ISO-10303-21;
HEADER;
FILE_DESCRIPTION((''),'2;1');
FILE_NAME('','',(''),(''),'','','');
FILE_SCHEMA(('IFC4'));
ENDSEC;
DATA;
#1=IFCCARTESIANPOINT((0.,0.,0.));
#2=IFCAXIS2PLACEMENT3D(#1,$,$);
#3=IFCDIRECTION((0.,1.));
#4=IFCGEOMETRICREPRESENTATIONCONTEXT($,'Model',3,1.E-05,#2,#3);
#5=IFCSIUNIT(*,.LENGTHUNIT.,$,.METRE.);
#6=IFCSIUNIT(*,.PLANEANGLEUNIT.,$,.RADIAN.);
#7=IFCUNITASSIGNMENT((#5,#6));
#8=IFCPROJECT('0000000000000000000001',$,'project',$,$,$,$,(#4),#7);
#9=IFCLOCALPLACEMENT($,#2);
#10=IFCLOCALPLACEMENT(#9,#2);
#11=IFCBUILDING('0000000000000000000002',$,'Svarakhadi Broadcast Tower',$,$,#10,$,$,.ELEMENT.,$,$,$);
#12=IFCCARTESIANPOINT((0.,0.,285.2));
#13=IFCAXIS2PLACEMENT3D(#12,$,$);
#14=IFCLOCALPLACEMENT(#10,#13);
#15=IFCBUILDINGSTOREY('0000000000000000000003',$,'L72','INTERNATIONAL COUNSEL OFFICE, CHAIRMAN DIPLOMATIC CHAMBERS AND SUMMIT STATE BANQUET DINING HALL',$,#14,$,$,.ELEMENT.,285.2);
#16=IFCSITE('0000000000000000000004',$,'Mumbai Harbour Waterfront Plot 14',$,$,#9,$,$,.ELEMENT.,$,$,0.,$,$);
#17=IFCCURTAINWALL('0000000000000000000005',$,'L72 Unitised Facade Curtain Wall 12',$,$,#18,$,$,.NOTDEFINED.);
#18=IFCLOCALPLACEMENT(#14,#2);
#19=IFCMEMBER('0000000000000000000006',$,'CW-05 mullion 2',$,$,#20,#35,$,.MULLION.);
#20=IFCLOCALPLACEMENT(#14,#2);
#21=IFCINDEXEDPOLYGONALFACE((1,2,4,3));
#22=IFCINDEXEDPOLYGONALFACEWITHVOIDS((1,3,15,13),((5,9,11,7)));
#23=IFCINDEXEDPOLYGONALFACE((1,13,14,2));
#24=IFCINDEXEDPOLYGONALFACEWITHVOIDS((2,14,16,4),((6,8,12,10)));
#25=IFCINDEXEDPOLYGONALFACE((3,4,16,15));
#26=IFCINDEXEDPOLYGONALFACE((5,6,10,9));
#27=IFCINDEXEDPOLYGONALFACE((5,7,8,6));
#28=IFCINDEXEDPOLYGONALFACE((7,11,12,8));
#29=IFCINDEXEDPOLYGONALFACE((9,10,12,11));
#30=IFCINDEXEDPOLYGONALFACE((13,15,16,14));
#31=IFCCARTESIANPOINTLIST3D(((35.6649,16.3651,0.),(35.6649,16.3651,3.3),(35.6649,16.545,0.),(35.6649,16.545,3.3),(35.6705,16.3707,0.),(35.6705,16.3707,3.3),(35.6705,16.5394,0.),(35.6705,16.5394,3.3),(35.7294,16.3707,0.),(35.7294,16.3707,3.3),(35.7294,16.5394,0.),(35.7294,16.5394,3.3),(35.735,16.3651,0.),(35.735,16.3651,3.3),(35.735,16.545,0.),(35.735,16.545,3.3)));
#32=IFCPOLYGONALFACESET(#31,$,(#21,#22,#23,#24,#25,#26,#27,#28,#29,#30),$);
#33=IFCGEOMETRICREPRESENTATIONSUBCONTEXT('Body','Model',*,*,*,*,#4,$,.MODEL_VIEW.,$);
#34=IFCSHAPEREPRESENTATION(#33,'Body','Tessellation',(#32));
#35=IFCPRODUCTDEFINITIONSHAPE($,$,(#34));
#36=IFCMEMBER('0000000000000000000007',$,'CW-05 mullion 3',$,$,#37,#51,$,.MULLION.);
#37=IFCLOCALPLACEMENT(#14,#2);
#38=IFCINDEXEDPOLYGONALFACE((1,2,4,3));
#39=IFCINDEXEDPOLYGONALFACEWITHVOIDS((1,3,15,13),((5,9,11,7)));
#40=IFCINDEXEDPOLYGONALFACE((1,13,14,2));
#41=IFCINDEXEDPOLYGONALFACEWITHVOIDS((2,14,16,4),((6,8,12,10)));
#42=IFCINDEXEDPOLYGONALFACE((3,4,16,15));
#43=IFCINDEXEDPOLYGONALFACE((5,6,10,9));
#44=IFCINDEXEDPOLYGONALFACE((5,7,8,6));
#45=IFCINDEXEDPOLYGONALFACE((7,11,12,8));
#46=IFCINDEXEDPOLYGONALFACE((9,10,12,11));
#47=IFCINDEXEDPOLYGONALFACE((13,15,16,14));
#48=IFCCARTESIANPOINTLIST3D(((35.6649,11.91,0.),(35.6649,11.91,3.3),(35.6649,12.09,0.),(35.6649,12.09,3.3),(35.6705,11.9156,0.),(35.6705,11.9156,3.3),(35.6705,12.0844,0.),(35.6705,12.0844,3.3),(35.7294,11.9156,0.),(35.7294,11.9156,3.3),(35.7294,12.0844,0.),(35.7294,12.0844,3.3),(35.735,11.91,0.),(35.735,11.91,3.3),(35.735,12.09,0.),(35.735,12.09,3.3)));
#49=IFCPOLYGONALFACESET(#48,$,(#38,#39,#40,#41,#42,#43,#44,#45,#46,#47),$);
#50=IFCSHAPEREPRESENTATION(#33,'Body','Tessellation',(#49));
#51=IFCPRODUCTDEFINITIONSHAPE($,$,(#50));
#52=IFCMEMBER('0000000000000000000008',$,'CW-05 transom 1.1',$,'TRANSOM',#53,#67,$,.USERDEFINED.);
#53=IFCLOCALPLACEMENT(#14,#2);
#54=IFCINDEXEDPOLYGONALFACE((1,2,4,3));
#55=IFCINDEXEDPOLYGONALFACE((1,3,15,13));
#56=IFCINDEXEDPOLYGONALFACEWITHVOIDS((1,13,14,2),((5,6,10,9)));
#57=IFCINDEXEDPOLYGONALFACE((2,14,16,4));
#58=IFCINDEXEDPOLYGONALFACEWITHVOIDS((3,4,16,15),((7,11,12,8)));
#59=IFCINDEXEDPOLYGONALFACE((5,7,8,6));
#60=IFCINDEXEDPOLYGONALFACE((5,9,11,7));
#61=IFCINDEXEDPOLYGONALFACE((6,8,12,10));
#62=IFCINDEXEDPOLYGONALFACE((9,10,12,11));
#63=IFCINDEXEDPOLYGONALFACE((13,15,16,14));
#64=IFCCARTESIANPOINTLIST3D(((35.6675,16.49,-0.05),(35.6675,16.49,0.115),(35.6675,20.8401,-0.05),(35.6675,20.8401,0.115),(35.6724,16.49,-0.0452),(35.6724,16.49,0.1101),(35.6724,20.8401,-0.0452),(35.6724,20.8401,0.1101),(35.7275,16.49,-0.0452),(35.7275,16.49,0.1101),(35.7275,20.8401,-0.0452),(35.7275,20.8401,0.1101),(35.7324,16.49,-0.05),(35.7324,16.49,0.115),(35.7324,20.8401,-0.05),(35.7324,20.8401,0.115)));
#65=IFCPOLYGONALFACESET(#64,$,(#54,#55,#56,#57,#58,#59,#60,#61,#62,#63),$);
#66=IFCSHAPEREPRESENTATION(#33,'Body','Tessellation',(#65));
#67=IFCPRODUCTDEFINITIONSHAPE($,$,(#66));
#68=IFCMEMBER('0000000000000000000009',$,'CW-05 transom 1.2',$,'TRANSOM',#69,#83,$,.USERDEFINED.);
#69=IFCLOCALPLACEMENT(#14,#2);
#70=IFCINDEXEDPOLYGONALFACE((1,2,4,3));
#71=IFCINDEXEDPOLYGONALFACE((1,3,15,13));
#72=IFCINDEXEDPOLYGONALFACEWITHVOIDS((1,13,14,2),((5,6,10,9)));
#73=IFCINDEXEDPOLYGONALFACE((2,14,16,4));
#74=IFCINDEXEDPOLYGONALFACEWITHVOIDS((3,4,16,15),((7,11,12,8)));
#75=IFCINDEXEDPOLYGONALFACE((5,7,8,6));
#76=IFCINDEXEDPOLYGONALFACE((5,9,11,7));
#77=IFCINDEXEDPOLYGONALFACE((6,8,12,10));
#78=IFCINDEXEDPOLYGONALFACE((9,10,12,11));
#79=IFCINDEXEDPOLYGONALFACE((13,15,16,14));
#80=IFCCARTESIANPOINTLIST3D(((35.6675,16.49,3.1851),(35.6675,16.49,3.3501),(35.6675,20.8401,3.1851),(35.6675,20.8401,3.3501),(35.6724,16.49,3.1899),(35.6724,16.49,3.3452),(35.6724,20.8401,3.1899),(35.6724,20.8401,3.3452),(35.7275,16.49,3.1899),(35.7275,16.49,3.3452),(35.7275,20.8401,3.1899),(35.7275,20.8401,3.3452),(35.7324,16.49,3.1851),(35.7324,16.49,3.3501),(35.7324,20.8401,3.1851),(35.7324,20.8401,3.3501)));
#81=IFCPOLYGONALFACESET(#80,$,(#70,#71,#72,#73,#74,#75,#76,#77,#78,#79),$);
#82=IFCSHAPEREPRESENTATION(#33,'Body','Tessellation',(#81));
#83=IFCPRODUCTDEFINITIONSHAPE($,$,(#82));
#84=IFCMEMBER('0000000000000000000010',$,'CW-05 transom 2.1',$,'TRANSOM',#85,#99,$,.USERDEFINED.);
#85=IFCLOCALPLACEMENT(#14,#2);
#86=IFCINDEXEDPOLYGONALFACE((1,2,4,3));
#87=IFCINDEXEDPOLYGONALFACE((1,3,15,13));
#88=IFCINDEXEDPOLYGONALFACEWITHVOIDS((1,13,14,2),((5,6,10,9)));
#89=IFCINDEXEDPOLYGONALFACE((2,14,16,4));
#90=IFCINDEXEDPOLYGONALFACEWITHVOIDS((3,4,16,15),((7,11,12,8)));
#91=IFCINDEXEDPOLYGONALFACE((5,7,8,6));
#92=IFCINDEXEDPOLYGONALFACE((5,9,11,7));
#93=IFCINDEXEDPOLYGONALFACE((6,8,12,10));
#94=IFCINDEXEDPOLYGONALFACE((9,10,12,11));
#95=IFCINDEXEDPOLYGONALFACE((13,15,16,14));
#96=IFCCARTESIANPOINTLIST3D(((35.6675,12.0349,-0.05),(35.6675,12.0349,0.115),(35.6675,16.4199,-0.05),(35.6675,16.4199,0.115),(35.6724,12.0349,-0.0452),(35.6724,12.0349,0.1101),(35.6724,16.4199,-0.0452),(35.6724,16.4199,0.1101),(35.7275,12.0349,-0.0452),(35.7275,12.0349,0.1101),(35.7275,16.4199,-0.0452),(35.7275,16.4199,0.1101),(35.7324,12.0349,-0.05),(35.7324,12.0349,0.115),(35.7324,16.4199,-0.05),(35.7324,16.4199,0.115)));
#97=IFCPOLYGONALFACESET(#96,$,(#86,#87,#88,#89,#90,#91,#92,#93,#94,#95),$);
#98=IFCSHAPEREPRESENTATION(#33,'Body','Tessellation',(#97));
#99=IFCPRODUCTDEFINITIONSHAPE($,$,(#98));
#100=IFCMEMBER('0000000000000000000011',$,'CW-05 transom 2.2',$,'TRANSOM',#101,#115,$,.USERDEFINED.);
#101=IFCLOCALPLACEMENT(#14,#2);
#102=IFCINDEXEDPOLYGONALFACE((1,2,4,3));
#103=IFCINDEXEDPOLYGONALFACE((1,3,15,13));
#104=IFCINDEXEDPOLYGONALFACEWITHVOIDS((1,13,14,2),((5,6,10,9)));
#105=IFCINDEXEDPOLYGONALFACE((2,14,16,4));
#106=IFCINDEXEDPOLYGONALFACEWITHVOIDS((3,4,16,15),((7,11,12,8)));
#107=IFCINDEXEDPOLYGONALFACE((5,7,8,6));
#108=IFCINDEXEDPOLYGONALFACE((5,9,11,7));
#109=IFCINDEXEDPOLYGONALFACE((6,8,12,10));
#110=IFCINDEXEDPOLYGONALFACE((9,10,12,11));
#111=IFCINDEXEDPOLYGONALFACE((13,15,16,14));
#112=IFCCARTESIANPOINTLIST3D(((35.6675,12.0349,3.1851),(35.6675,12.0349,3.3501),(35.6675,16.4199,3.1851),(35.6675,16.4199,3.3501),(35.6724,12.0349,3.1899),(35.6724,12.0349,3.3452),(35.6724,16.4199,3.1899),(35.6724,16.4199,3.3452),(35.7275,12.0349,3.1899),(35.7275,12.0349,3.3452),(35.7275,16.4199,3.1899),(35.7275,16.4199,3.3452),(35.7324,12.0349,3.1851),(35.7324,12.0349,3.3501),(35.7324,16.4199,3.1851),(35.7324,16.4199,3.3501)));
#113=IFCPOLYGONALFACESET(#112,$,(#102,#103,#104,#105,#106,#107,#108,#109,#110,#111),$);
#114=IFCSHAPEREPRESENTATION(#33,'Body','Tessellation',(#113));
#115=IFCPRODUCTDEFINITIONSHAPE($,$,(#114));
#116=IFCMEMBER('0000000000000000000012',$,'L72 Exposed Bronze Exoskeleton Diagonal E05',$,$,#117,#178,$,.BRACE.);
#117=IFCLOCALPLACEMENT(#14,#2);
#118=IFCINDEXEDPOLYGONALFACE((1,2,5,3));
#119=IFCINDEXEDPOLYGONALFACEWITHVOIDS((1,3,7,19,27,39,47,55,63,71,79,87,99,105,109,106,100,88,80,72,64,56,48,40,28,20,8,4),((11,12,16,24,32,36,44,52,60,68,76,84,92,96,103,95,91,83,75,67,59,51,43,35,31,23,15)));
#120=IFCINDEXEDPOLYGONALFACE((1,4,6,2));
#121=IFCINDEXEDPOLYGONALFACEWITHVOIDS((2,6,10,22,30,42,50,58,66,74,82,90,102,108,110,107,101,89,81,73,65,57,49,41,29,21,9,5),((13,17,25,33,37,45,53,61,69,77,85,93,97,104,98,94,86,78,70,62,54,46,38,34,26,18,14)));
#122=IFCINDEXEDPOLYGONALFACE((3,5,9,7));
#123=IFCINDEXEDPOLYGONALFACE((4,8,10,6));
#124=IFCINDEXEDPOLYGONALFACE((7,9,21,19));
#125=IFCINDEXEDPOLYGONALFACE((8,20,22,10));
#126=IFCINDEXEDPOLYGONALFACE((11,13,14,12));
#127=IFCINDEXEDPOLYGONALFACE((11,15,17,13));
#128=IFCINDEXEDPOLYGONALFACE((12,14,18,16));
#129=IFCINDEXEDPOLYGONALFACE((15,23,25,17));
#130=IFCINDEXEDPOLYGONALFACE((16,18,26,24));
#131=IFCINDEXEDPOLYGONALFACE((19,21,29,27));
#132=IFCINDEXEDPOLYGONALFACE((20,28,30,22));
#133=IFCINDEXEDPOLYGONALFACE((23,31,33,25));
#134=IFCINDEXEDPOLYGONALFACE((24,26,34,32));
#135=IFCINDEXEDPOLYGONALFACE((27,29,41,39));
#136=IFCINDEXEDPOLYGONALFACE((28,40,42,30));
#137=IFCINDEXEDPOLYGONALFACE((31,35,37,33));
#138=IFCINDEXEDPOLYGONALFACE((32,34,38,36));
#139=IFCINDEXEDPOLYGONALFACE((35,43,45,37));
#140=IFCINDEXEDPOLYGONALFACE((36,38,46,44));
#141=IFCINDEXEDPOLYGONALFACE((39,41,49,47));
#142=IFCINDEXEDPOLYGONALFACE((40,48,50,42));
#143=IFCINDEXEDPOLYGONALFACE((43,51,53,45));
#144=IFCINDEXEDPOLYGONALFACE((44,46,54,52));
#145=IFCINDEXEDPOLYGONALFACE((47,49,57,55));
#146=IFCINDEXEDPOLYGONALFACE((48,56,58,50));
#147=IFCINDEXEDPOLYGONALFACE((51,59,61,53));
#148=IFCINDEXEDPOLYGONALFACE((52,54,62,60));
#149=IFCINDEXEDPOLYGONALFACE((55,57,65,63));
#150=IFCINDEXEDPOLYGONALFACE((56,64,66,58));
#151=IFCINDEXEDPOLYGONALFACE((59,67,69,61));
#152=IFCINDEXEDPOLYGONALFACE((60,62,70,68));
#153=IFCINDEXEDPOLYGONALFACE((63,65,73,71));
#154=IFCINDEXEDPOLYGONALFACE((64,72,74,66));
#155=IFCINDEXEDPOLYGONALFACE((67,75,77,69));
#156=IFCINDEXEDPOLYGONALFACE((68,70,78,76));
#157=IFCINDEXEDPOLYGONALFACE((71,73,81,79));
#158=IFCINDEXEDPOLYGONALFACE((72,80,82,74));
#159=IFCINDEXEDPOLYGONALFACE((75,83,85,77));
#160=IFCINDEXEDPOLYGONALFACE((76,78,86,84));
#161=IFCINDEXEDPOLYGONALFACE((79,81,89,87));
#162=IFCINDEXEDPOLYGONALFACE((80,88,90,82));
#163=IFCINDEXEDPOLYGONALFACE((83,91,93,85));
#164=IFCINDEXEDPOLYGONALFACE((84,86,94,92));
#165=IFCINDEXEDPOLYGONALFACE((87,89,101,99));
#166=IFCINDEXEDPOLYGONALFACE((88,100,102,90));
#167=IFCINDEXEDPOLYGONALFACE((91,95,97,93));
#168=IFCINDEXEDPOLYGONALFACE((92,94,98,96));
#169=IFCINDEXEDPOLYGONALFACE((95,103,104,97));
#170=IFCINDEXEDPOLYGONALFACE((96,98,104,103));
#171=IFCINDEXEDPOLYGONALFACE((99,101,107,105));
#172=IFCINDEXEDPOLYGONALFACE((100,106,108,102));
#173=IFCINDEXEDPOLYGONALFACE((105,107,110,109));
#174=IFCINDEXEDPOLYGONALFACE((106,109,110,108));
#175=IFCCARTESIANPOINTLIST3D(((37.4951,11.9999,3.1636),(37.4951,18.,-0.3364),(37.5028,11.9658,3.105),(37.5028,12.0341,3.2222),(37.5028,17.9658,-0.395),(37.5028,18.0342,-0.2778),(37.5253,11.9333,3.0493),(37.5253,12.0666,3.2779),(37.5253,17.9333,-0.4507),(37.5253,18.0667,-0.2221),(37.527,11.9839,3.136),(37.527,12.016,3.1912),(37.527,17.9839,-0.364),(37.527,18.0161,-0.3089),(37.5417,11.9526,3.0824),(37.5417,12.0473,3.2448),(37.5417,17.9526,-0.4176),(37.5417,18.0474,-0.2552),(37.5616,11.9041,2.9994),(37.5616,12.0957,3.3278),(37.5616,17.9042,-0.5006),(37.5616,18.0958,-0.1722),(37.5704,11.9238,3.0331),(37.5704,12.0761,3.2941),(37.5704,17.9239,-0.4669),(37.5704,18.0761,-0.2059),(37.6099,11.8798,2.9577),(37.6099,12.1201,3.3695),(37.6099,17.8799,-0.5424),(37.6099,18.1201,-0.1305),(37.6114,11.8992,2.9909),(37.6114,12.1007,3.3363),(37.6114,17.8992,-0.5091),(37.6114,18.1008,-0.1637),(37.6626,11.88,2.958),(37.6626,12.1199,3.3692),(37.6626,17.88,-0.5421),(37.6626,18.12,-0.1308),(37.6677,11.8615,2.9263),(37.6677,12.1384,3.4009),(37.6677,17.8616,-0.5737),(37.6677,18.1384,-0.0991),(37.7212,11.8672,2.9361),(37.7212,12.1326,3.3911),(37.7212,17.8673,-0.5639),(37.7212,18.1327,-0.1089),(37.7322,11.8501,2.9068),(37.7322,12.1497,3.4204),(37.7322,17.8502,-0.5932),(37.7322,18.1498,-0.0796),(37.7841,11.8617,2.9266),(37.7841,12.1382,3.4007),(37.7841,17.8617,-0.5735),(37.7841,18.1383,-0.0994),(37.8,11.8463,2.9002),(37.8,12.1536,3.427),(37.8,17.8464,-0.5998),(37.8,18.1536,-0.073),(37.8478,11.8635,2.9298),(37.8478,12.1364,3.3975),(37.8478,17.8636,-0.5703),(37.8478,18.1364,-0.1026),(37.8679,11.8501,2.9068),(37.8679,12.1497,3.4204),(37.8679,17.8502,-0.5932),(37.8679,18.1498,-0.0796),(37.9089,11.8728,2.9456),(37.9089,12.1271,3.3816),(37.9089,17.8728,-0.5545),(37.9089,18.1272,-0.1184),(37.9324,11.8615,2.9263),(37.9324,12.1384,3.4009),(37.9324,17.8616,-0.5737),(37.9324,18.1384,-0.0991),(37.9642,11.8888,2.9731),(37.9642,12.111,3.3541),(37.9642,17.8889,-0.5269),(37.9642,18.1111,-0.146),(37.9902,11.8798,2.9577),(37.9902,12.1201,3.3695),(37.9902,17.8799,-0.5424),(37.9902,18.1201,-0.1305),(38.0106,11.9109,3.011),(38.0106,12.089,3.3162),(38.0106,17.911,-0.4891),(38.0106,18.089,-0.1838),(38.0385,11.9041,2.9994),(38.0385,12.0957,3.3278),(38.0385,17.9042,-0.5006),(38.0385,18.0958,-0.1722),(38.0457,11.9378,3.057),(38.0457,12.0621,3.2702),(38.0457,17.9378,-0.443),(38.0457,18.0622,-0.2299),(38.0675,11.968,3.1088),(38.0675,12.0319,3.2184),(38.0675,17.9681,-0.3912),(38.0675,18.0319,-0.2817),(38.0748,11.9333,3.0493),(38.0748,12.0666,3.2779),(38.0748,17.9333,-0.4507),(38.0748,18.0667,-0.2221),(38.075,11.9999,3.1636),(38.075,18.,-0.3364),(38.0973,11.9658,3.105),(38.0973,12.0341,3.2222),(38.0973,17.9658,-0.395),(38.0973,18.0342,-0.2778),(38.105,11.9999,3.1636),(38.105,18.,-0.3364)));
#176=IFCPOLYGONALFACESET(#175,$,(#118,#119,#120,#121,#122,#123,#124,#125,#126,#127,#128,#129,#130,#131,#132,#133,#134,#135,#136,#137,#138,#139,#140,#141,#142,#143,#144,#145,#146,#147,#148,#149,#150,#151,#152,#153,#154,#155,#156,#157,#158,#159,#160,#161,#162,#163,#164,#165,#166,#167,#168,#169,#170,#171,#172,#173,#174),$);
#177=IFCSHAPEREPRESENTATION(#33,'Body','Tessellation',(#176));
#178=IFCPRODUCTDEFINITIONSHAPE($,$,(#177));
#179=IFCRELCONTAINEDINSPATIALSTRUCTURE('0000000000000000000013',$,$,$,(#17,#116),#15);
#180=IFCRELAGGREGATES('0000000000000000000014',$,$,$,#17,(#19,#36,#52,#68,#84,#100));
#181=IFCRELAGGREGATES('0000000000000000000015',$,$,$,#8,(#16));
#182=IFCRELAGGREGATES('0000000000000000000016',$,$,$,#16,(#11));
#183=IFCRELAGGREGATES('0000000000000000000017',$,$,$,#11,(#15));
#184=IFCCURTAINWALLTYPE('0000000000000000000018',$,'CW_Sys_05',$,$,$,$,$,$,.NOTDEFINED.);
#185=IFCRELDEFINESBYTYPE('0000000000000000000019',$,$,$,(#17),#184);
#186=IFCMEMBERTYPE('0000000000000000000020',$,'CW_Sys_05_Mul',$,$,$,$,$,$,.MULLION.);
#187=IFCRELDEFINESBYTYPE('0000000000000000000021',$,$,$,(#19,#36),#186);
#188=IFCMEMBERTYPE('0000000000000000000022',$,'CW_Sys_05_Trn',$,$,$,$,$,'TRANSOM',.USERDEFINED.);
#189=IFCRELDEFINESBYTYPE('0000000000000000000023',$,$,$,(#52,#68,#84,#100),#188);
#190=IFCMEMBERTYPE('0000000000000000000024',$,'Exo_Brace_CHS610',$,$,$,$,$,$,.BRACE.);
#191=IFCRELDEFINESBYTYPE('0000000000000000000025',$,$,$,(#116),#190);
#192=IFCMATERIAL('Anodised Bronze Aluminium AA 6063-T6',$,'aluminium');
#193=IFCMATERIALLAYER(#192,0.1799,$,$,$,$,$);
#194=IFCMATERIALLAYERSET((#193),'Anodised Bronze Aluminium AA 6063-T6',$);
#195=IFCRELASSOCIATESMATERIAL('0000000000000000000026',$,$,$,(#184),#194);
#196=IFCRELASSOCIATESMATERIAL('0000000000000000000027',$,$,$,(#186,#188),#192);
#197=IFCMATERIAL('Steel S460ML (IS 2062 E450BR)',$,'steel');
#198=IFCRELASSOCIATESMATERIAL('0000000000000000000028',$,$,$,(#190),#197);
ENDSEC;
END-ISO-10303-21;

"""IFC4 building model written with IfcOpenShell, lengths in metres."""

from ifc_helpers import new_model, si_unit, direction, frame, origin, origin_2d, place, context, subcontext, project, spatial, hollow_rectangle, hollow_circle, extrude, material, layer, layer_set, material_profile, profile_set, type_object, element, aggregate, save


model = new_model("IFC4")

# Units and contexts
model_context = context("Model", 3, precision=1e-05, world=origin(), true_north=direction((0.0, 1.0)))
body_context = subcontext(model_context, "Body", "Model", "MODEL_VIEW")
ifc_project = project(units=[si_unit("LENGTHUNIT", "METRE"), si_unit("PLANEANGLEUNIT", "RADIAN")], contexts=[model_context])

# Site, building, storey
site_placement = place(None, origin())
site = spatial("IfcSite", under=ifc_project, at=site_placement, Name="Mumbai Harbour Waterfront Plot 14", CompositionType="ELEMENT", RefElevation=0.0)
building_placement = place(site_placement, origin())
building = spatial("IfcBuilding", under=site, at=building_placement, Name="Svarakhadi Broadcast Tower", CompositionType="ELEMENT")
storey_placement = place(building_placement, frame((0.0, 0.0, 285.2)))
storey = spatial("IfcBuildingStorey", under=building, at=storey_placement, Name="L72", Description="INTERNATIONAL COUNSEL OFFICE, CHAIRMAN DIPLOMATIC CHAMBERS AND SUMMIT STATE BANQUET DINING HALL", CompositionType="ELEMENT", Elevation=285.2)

# Shared definitions
ifc_material_1 = material(Name="Steel S460ML (IS 2062 E450BR)", Category="steel")

# Shared definitions
ifc_material_2 = material(Name="Anodised Bronze Aluminium AA 6063-T6", Category="aluminium")
ifc_layer_1 = layer(ifc_material_2, 0.1799)
ifc_layer_set_1 = layer_set([ifc_layer_1], Name="Anodised Bronze Aluminium AA 6063-T6")
curtain_wall_type = type_object("IfcCurtainWallType", Name="CW_Sys_05", PredefinedType="NOTDEFINED", material=ifc_layer_set_1)
ifc_material_profile_1 = material_profile(ifc_material_2, hollow_rectangle(XDim=0.0701, YDim=0.1799, WallThickness=0.0056, at=origin_2d()), Name="ALU MULLION 180x70x6")
ifc_profile_set_1 = profile_set([ifc_material_profile_1], Name="Anodised Bronze Aluminium AA 6063-T6")
member_type_1 = type_object("IfcMemberType", Name="CW_Sys_05_Mul", PredefinedType="MULLION", material=ifc_profile_set_1)

# Curtain wall, members
curtain_wall_1_placement = place(storey_placement, origin())
curtain_wall_1 = element("IfcCurtainWall", 1, at=curtain_wall_1_placement, inside=storey, type_object=curtain_wall_type, Name="L72 Unitised Facade Curtain Wall 12", PredefinedType="NOTDEFINED")
member_1_placement = place(storey_placement, frame((35.7, 16.4551, 0.0), z_axis=(0.0, 0.0, 1.0), x_axis=(1.0, 0.0, 0.0)))
member_1 = element("IfcMember", 2, at=member_1_placement, type_object=member_type_1, Name="CW-05 mullion 2", PredefinedType="MULLION", context=body_context, shape_type="SweptSolid", body=[
    extrude(hollow_rectangle(XDim=0.0701, YDim=0.1799, WallThickness=0.0056, at=origin_2d()), origin(), (0.0, 0.0, 1.0), 3.3),
])
member_2_placement = place(storey_placement, frame((35.7, 12.0, 0.0), z_axis=(0.0, 0.0, 1.0), x_axis=(1.0, 0.0, 0.0)))
member_2 = element("IfcMember", 3, at=member_2_placement, type_object=member_type_1, Name="CW-05 mullion 3", PredefinedType="MULLION", context=body_context, shape_type="SweptSolid", body=[
    extrude(hollow_rectangle(XDim=0.0701, YDim=0.1799, WallThickness=0.0056, at=origin_2d()), origin(), (0.0, 0.0, 1.0), 3.3),
])
ifc_material_profile_2 = material_profile(ifc_material_2, hollow_rectangle(XDim=0.0649, YDim=0.165, WallThickness=0.0049, at=origin_2d()), Name="ALU TRANSOM 165x65x5")
ifc_profile_set_2 = profile_set([ifc_material_profile_2], Name="Anodised Bronze Aluminium AA 6063-T6")
member_type_2 = type_object("IfcMemberType", Name="CW_Sys_05_Trn", ElementType="TRANSOM", PredefinedType="USERDEFINED", material=ifc_profile_set_2)
member_3_placement = place(storey_placement, frame((35.7, 20.8401, 0.0325), z_axis=(0.0, -1.0, 0.0), x_axis=(1.0, 0.0, 0.0)))
member_3 = element("IfcMember", 4, at=member_3_placement, type_object=member_type_2, Name="CW-05 transom 1.1", ObjectType="TRANSOM", PredefinedType="USERDEFINED", context=body_context, shape_type="SweptSolid", body=[
    extrude(hollow_rectangle(XDim=0.0649, YDim=0.165, WallThickness=0.0049, at=origin_2d()), origin(), (0.0, 0.0, 1.0), 4.3501),
])
member_4_placement = place(storey_placement, frame((35.7, 20.8401, 3.2676), z_axis=(0.0, -1.0, 0.0), x_axis=(1.0, 0.0, 0.0)))
member_4 = element("IfcMember", 5, at=member_4_placement, type_object=member_type_2, Name="CW-05 transom 1.2", ObjectType="TRANSOM", PredefinedType="USERDEFINED", context=body_context, shape_type="SweptSolid", body=[
    extrude(hollow_rectangle(XDim=0.0649, YDim=0.165, WallThickness=0.0049, at=origin_2d()), origin(), (0.0, 0.0, 1.0), 4.3501),
])
member_5_placement = place(storey_placement, frame((35.7, 16.4199, 0.0325), z_axis=(0.0, -1.0, 0.0), x_axis=(1.0, 0.0, 0.0)))
member_5 = element("IfcMember", 6, at=member_5_placement, type_object=member_type_2, Name="CW-05 transom 2.1", ObjectType="TRANSOM", PredefinedType="USERDEFINED", context=body_context, shape_type="SweptSolid", body=[
    extrude(hollow_rectangle(XDim=0.0649, YDim=0.165, WallThickness=0.0049, at=origin_2d()), origin(), (0.0, 0.0, 1.0), 4.385),
])
member_6_placement = place(storey_placement, frame((35.7, 16.4199, 3.2676), z_axis=(0.0, -1.0, 0.0), x_axis=(1.0, 0.0, 0.0)))
member_6 = element("IfcMember", 7, at=member_6_placement, type_object=member_type_2, Name="CW-05 transom 2.2", ObjectType="TRANSOM", PredefinedType="USERDEFINED", context=body_context, shape_type="SweptSolid", body=[
    extrude(hollow_rectangle(XDim=0.0649, YDim=0.165, WallThickness=0.0049, at=origin_2d()), origin(), (0.0, 0.0, 1.0), 4.385),
])

# Member
ifc_material_profile_3 = material_profile(ifc_material_1, hollow_circle(Radius=0.3049, WallThickness=0.03, at=origin_2d()), Name="CHS 610x30")
ifc_profile_set_3 = profile_set([ifc_material_profile_3], Name="Steel S460ML (IS 2062 E450BR)")
member_type_3 = type_object("IfcMemberType", Name="Exo_Brace_CHS610", PredefinedType="BRACE", material=ifc_profile_set_3)
member_7_placement = place(storey_placement, frame((37.8, 18.0, -0.3364), z_axis=(0.0, -0.863779, 0.503871), x_axis=(1.0, 0.0, 0.0)))
element("IfcMember", 8, at=member_7_placement, inside=storey, type_object=member_type_3, Name="L72 Exposed Bronze Exoskeleton Diagonal E05", PredefinedType="BRACE", context=body_context, shape_type="SweptSolid", body=[
    extrude(hollow_circle(Radius=0.3049, WallThickness=0.03, at=origin_2d()), origin(), (0.0, 0.0, 1.0), 6.9463),
])

aggregate(curtain_wall_1, [member_1, member_2, member_3, member_4, member_5, member_6])

save(model, "model.ifc")
